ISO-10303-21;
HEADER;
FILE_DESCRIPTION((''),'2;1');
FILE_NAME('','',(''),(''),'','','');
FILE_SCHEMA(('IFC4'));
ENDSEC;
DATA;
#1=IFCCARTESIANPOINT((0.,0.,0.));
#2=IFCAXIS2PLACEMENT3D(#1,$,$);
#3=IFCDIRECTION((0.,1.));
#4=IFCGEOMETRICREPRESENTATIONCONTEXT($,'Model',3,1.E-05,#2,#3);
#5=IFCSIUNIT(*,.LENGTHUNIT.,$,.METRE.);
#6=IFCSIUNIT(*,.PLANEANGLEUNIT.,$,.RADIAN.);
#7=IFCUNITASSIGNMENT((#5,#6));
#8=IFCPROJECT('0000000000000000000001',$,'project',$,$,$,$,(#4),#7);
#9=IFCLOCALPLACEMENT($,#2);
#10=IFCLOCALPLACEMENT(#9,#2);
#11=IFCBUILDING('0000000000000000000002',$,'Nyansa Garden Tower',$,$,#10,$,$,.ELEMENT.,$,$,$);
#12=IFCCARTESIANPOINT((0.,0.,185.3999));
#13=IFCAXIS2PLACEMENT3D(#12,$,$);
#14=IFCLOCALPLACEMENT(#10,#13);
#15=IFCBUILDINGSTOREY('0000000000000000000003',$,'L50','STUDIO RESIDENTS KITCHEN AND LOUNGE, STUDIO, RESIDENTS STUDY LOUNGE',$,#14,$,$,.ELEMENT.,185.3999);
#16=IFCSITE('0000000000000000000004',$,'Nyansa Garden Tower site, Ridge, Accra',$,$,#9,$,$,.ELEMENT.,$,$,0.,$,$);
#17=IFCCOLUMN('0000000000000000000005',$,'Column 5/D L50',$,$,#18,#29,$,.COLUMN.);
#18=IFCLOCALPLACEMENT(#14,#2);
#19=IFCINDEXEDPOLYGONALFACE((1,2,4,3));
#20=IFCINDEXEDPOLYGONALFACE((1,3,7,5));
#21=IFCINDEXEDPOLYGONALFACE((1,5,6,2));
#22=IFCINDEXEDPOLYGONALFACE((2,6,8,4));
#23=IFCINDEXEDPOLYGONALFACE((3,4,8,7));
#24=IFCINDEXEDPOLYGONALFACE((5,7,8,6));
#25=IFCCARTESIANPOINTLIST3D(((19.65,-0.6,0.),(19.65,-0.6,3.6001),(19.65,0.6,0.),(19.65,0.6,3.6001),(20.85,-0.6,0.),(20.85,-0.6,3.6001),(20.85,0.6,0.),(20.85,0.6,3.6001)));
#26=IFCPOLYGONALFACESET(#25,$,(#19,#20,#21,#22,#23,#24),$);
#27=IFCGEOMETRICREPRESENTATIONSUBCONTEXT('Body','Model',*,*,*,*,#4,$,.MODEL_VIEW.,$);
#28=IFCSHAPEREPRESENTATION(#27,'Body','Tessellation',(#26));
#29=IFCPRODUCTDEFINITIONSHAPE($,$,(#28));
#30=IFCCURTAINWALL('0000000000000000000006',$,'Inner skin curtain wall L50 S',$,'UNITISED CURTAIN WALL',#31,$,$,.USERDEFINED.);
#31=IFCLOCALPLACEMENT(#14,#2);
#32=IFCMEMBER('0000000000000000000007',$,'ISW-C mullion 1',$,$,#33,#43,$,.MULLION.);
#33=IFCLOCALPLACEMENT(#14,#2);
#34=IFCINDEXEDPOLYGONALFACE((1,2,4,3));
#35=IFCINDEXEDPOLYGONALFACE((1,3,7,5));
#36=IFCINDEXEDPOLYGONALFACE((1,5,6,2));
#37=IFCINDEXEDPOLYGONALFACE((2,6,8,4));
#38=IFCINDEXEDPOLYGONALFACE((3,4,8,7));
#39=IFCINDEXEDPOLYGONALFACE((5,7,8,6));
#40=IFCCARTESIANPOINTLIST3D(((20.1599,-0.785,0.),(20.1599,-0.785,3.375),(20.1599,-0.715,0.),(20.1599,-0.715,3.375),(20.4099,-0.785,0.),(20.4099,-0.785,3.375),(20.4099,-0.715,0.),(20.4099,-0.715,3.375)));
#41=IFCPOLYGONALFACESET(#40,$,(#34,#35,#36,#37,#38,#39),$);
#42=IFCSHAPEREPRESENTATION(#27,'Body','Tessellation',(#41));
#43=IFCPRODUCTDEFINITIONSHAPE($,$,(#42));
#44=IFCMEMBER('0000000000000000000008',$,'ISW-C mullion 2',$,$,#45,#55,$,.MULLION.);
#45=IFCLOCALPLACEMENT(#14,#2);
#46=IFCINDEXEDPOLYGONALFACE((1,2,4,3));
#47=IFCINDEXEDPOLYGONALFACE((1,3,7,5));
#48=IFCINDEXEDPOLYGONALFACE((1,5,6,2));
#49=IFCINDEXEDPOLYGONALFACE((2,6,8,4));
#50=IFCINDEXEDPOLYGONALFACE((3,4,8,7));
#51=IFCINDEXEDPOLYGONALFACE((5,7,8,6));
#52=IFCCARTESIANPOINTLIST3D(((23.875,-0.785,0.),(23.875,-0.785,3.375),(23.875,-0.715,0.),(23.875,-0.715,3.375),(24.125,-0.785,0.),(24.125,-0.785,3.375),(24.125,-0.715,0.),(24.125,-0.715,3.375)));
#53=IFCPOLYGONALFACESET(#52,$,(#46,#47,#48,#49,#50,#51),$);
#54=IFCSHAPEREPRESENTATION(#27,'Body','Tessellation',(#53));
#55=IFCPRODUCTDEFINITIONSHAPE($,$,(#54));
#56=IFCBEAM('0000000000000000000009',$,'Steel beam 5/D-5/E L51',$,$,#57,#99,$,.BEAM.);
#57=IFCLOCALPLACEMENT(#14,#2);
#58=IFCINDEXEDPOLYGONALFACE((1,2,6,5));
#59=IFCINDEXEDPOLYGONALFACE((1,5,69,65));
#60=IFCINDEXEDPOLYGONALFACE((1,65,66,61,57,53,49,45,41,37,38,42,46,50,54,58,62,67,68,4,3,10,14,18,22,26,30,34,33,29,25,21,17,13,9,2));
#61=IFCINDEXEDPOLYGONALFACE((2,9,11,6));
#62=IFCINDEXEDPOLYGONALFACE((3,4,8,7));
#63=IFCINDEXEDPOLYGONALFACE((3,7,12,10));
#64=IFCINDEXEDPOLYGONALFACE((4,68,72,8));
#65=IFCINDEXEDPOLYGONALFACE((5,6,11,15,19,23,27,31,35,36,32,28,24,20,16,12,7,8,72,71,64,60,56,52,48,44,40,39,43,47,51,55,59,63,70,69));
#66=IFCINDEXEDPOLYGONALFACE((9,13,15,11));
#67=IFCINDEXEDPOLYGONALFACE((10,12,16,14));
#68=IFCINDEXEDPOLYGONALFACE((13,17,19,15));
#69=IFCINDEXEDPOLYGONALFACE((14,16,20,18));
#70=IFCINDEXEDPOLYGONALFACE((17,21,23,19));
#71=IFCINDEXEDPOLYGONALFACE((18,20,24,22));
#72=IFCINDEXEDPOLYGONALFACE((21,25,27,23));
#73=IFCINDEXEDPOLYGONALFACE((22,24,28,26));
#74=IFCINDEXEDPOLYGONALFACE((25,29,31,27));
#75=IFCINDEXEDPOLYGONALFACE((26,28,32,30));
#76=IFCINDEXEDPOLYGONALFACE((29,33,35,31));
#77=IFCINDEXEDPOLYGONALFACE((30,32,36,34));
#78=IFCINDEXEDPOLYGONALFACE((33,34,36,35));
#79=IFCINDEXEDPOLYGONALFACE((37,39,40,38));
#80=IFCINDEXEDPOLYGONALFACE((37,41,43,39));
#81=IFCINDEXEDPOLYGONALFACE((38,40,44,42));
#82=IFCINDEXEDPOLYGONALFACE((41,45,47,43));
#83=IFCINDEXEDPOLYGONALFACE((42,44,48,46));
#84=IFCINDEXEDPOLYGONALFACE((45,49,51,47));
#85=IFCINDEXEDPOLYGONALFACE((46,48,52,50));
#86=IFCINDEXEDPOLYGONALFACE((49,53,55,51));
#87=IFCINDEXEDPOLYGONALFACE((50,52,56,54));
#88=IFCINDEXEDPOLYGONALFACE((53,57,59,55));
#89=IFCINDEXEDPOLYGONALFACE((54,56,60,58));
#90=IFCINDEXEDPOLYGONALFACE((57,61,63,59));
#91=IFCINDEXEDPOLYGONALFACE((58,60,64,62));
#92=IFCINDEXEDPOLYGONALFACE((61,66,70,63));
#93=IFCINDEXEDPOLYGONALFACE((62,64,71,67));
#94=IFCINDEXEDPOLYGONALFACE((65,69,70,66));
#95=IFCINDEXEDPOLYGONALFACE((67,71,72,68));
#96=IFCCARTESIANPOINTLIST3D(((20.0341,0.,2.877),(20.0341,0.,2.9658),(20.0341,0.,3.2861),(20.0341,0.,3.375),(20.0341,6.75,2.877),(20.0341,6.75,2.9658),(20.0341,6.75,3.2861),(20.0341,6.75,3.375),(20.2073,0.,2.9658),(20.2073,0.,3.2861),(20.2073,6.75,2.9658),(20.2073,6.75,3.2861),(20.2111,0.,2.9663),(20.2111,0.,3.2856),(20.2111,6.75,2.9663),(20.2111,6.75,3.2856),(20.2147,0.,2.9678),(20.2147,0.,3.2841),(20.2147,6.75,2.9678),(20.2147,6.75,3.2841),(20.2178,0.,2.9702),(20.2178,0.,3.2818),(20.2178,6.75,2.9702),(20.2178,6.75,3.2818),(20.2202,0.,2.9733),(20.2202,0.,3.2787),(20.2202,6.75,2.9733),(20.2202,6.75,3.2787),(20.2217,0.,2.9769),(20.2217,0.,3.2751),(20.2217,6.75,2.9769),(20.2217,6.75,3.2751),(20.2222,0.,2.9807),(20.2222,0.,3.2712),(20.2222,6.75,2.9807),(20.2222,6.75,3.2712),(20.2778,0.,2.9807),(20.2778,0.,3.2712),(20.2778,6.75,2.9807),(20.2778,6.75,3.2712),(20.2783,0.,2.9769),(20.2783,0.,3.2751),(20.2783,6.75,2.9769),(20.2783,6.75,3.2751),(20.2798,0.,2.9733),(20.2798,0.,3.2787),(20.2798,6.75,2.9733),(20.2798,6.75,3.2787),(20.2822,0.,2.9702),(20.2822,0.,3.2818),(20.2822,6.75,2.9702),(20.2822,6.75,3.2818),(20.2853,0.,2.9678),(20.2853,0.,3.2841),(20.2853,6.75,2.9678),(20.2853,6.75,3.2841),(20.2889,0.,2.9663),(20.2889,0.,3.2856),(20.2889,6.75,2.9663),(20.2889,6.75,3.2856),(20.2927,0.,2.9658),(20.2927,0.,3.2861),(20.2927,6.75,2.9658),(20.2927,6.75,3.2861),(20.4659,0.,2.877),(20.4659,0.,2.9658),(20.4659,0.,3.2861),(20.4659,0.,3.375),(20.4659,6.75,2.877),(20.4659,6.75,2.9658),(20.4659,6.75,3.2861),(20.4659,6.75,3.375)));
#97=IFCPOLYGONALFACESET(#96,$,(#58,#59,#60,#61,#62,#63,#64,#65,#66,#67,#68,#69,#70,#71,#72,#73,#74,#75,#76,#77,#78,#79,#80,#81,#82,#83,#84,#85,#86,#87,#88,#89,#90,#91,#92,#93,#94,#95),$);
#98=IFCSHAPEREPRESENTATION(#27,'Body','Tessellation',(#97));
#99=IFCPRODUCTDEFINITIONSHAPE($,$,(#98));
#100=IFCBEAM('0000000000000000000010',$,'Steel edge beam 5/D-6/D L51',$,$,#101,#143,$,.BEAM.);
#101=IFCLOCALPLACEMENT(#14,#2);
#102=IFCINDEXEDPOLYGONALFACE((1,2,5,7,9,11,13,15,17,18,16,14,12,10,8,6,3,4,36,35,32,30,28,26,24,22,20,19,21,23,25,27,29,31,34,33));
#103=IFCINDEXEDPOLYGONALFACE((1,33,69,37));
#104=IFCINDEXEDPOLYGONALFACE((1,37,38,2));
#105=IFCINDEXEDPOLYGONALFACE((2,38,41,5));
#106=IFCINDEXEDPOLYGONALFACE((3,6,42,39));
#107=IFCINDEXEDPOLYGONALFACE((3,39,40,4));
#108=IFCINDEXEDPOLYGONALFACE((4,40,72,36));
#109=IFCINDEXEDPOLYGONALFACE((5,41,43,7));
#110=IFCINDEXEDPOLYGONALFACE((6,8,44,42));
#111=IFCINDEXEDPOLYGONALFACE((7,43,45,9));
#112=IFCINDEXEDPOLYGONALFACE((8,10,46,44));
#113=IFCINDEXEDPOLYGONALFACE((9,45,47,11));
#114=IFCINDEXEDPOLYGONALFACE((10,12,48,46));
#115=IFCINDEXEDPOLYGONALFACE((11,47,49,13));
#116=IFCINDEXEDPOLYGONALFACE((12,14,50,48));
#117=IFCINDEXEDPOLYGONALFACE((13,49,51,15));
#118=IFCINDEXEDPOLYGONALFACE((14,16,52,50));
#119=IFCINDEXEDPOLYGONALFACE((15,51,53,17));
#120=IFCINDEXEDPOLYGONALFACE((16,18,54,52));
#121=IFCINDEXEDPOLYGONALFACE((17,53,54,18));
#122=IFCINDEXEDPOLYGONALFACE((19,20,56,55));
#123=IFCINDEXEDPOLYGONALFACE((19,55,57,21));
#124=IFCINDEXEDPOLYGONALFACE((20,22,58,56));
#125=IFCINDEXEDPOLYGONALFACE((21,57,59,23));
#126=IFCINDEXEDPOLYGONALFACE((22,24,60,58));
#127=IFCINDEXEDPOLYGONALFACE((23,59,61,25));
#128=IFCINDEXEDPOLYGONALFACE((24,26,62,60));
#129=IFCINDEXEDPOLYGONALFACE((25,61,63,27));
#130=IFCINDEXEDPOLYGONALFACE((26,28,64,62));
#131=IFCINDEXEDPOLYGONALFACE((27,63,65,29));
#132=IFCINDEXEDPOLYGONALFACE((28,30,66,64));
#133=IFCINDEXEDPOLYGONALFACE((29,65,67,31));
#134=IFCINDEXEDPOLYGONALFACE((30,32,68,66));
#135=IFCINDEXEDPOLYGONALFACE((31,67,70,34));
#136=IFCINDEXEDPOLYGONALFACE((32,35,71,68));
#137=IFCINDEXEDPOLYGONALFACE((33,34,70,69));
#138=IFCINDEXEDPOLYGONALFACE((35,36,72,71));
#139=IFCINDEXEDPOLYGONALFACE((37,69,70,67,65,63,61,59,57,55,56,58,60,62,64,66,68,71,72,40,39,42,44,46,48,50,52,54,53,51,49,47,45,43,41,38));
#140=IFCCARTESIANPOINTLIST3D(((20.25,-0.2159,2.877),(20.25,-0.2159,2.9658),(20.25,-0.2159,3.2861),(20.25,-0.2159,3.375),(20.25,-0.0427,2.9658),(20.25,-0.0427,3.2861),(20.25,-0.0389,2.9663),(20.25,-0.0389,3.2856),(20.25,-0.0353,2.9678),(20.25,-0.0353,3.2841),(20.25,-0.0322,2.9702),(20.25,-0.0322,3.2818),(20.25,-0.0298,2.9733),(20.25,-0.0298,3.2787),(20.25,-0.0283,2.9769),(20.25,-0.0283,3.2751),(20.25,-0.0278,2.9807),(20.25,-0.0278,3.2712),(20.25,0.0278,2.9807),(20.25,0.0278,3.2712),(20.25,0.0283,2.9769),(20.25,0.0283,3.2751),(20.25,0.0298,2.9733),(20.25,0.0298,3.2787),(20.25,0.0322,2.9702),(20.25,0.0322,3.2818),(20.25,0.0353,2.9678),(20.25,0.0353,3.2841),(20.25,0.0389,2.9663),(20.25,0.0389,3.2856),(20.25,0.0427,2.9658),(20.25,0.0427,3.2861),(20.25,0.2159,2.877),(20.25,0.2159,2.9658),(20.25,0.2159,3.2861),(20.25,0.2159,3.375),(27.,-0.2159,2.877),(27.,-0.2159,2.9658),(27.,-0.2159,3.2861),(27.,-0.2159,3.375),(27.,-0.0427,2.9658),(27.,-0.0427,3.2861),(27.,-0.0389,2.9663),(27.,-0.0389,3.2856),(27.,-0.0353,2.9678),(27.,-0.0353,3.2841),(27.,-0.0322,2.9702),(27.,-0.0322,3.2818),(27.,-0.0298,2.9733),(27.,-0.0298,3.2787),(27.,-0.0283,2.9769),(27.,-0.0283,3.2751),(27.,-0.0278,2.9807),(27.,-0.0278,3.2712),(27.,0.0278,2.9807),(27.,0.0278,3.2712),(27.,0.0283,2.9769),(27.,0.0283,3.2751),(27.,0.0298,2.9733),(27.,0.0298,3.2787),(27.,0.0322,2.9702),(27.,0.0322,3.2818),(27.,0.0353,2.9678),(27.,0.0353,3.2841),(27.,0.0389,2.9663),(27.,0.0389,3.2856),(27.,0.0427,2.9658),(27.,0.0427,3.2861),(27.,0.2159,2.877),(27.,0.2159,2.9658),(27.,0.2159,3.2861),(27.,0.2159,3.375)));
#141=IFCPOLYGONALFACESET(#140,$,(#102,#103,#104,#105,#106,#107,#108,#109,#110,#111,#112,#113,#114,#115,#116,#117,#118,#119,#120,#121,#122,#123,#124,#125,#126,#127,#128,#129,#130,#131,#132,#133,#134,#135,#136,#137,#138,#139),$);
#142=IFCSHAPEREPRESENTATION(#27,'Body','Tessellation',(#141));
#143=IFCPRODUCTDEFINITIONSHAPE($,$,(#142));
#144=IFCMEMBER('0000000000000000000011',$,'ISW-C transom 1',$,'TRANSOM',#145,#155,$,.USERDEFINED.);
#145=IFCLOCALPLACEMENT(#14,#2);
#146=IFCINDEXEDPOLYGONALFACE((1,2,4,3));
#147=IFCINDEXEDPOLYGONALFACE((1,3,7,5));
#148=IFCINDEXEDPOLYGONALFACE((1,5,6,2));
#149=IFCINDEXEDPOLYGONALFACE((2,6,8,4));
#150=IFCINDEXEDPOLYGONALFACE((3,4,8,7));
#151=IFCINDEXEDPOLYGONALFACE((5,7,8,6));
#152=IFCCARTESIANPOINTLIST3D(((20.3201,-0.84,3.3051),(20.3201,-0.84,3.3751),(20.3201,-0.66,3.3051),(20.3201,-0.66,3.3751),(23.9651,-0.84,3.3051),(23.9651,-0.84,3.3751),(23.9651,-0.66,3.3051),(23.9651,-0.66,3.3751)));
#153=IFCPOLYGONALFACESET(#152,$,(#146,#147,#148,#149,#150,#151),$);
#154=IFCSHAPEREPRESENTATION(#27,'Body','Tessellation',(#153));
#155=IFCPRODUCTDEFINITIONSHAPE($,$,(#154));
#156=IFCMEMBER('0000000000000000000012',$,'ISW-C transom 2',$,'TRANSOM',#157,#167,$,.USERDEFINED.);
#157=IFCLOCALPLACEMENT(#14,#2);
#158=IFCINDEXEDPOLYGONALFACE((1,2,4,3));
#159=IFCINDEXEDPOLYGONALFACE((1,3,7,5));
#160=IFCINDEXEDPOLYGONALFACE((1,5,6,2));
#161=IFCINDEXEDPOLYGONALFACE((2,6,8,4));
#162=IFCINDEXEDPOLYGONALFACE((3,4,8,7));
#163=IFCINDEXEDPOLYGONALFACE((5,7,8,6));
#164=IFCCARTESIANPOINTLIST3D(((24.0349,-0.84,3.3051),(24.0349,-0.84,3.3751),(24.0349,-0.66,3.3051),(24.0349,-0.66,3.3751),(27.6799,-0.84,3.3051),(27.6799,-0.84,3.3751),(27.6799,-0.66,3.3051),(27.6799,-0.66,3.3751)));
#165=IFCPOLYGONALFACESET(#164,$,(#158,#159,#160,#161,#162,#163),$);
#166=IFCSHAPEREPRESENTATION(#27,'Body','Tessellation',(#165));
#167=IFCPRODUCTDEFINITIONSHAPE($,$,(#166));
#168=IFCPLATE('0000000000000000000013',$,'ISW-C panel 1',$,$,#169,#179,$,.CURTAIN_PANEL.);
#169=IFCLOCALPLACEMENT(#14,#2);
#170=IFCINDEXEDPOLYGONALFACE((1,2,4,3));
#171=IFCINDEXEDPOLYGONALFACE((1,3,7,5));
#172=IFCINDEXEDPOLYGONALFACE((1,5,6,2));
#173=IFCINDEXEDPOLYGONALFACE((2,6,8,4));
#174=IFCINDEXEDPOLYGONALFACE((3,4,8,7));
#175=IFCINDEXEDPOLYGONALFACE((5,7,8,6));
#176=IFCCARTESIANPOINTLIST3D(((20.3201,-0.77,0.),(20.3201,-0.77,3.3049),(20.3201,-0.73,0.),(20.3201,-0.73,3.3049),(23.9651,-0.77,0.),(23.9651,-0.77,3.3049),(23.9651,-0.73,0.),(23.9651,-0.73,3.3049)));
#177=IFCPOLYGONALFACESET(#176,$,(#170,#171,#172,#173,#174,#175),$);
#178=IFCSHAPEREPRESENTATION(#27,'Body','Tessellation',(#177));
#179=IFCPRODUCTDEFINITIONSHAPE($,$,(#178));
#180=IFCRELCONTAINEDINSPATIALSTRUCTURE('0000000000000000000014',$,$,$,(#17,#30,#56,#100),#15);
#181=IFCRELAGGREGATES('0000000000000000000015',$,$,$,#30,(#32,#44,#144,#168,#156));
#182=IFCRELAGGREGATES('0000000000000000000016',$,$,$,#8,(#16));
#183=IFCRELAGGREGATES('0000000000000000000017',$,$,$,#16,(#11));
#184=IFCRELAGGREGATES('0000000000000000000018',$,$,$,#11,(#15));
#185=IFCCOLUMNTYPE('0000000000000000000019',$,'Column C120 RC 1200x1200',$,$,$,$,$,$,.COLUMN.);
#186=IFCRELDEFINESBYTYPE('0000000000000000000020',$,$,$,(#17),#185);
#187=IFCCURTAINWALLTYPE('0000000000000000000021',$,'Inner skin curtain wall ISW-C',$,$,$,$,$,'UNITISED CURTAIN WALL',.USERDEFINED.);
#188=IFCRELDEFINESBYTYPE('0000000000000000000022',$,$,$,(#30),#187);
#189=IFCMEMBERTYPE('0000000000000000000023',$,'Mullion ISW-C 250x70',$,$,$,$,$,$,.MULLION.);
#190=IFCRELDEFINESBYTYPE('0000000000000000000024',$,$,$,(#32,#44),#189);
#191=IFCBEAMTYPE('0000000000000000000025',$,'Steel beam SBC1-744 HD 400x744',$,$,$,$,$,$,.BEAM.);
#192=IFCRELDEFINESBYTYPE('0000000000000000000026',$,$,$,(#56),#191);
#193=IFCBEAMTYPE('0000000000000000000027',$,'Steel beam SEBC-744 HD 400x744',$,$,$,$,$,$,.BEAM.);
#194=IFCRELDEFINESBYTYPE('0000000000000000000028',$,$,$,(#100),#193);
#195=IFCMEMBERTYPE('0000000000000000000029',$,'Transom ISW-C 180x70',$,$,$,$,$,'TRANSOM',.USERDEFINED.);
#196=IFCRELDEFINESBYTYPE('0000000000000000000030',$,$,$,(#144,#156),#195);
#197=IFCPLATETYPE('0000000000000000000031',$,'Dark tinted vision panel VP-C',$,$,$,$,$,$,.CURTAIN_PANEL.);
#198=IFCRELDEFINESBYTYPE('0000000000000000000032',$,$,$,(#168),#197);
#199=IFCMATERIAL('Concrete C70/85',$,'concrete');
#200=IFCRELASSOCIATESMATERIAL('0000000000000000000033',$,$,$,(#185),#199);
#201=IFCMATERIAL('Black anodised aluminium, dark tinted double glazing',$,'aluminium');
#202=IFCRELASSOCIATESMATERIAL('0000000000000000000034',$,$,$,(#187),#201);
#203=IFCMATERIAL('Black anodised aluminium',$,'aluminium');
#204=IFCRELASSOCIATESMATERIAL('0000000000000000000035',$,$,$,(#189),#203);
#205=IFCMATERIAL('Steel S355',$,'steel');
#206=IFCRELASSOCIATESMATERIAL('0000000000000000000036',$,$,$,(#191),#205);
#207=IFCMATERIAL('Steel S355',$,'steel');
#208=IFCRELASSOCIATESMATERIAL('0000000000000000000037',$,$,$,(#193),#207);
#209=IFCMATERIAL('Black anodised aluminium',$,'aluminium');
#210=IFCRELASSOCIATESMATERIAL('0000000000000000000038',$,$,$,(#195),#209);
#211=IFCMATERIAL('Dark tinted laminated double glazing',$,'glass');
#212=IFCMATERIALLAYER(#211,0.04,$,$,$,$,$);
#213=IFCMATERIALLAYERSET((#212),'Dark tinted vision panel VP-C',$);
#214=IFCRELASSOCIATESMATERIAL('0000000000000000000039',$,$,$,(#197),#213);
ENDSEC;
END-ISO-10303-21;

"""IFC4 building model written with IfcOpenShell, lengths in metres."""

from ifc_helpers import new_model, si_unit, direction, frame, origin, origin_2d, place, context, subcontext, project, spatial, rectangle, i_section, extrude, material, layer, layer_set, material_profile, profile_set, type_object, element, aggregate, save


model = new_model("IFC4")

# Units and contexts
model_context = context("Model", 3, precision=1e-05, world=origin(), true_north=direction((0.0, 1.0)))
body_context = subcontext(model_context, "Body", "Model", "MODEL_VIEW")
ifc_project = project(units=[si_unit("LENGTHUNIT", "METRE"), si_unit("PLANEANGLEUNIT", "RADIAN")], contexts=[model_context])

# Site, building, storey
site_placement = place(None, origin())
site = spatial("IfcSite", under=ifc_project, at=site_placement, Name="Nyansa Garden Tower site, Ridge, Accra", CompositionType="ELEMENT", RefElevation=0.0)
building_placement = place(site_placement, origin())
building = spatial("IfcBuilding", under=site, at=building_placement, Name="Nyansa Garden Tower", CompositionType="ELEMENT")
storey_placement = place(building_placement, frame((0.0, 0.0, 185.3999)))
storey = spatial("IfcBuildingStorey", under=building, at=storey_placement, Name="L50", Description="STUDIO RESIDENTS KITCHEN AND LOUNGE, STUDIO, RESIDENTS STUDY LOUNGE", CompositionType="ELEMENT", Elevation=185.3999)

# Column
ifc_material_1 = material(Name="Concrete C70/85", Category="concrete")
ifc_material_profile_1 = material_profile(ifc_material_1, rectangle(XDim=1.2, YDim=1.2, at=origin_2d()), Name="RC 1200x1200")
ifc_profile_set_1 = profile_set([ifc_material_profile_1], Name="Concrete C70/85")
column_type = type_object("IfcColumnType", Name="Column C120 RC 1200x1200", PredefinedType="COLUMN", material=ifc_profile_set_1)
column_placement = place(storey_placement, frame((20.25, 0.0, 0.0), z_axis=(0.0, 0.0, 1.0), x_axis=(1.0, 0.0, 0.0)))
element("IfcColumn", 1, at=column_placement, inside=storey, type_object=column_type, Name="Column 5/D L50", PredefinedType="COLUMN", context=body_context, shape_type="SweptSolid", body=[
    extrude(rectangle(XDim=1.2, YDim=1.2, at=origin_2d()), origin(), (0.0, 0.0, 1.0), 3.6001),
])

# Curtain wall, members
ifc_material_2 = material(Name="Black anodised aluminium, dark tinted double glazing", Category="aluminium")
curtain_wall_type = type_object("IfcCurtainWallType", Name="Inner skin curtain wall ISW-C", ElementType="UNITISED CURTAIN WALL", PredefinedType="USERDEFINED", material=ifc_material_2)
curtain_wall_placement = place(storey_placement, origin())
curtain_wall = element("IfcCurtainWall", 2, at=curtain_wall_placement, inside=storey, type_object=curtain_wall_type, Name="Inner skin curtain wall L50 S", ObjectType="UNITISED CURTAIN WALL", PredefinedType="USERDEFINED")
ifc_material_3 = material(Name="Black anodised aluminium", Category="aluminium")
ifc_material_profile_2 = material_profile(ifc_material_3, rectangle(XDim=0.0701, YDim=0.25, at=origin_2d()), Name="Mullion 250x70")
ifc_profile_set_2 = profile_set([ifc_material_profile_2], Name="Black anodised aluminium")
member_type_1 = type_object("IfcMemberType", Name="Mullion ISW-C 250x70", PredefinedType="MULLION", material=ifc_profile_set_2)
member_1_placement = place(storey_placement, frame((20.2849, -0.75, 0.0), z_axis=(0.0, 0.0, 1.0), x_axis=(0.0, 1.0, 0.0)))
member_1 = element("IfcMember", 3, at=member_1_placement, type_object=member_type_1, Name="ISW-C mullion 1", PredefinedType="MULLION", context=body_context, shape_type="SweptSolid", body=[
    extrude(rectangle(XDim=0.0701, YDim=0.25, at=origin_2d()), origin(), (0.0, 0.0, 1.0), 3.375),
])
member_2_placement = place(storey_placement, frame((24.0, -0.75, 0.0), z_axis=(0.0, 0.0, 1.0), x_axis=(0.0, 1.0, 0.0)))
member_2 = element("IfcMember", 4, at=member_2_placement, type_object=member_type_1, Name="ISW-C mullion 2", PredefinedType="MULLION", context=body_context, shape_type="SweptSolid", body=[
    extrude(rectangle(XDim=0.0701, YDim=0.25, at=origin_2d()), origin(), (0.0, 0.0, 1.0), 3.375),
])

# Beams
ifc_material_4 = material(Name="Steel S355", Category="steel")
ifc_material_profile_3 = material_profile(ifc_material_4, i_section(OverallWidth=0.4319, OverallDepth=0.498, WebThickness=0.0557, FlangeThickness=0.0889, FilletRadius=0.0149, at=origin_2d()), Name="HD 400x744")
ifc_profile_set_3 = profile_set([ifc_material_profile_3], Name="Steel S355")
beam_type_1 = type_object("IfcBeamType", Name="Steel beam SBC1-744 HD 400x744", PredefinedType="BEAM", material=ifc_profile_set_3)
beam_1_placement = place(storey_placement, frame((20.25, 0.0, 3.126), z_axis=(0.0, 1.0, 0.0), x_axis=(-1.0, 0.0, 0.0)))
element("IfcBeam", 5, at=beam_1_placement, inside=storey, type_object=beam_type_1, Name="Steel beam 5/D-5/E L51", PredefinedType="BEAM", context=body_context, shape_type="SweptSolid", body=[
    extrude(i_section(OverallWidth=0.4319, OverallDepth=0.498, WebThickness=0.0557, FlangeThickness=0.0889, FilletRadius=0.0149, at=origin_2d()), origin(), (0.0, 0.0, 1.0), 6.75),
])
ifc_material_5 = material(Name="Steel S355", Category="steel")
ifc_material_profile_4 = material_profile(ifc_material_5, i_section(OverallWidth=0.4319, OverallDepth=0.498, WebThickness=0.0557, FlangeThickness=0.0889, FilletRadius=0.0149, at=origin_2d()), Name="HD 400x744")
ifc_profile_set_4 = profile_set([ifc_material_profile_4], Name="Steel S355")
beam_type_2 = type_object("IfcBeamType", Name="Steel beam SEBC-744 HD 400x744", PredefinedType="BEAM", material=ifc_profile_set_4)
beam_2_placement = place(storey_placement, frame((20.25, 0.0, 3.126), z_axis=(1.0, 0.0, 0.0), x_axis=(0.0, 1.0, 0.0)))
element("IfcBeam", 6, at=beam_2_placement, inside=storey, type_object=beam_type_2, Name="Steel edge beam 5/D-6/D L51", PredefinedType="BEAM", context=body_context, shape_type="SweptSolid", body=[
    extrude(i_section(OverallWidth=0.4319, OverallDepth=0.498, WebThickness=0.0557, FlangeThickness=0.0889, FilletRadius=0.0149, at=origin_2d()), origin(), (0.0, 0.0, 1.0), 6.75),
])

# Members
ifc_material_6 = material(Name="Black anodised aluminium", Category="aluminium")
ifc_material_profile_5 = material_profile(ifc_material_6, rectangle(XDim=0.1799, YDim=0.0701, at=origin_2d()), Name="Transom 180x70")
ifc_profile_set_5 = profile_set([ifc_material_profile_5], Name="Black anodised aluminium")
member_type_2 = type_object("IfcMemberType", Name="Transom ISW-C 180x70", ElementType="TRANSOM", PredefinedType="USERDEFINED", material=ifc_profile_set_5)
member_3_placement = place(storey_placement, frame((20.3201, -0.75, 3.3401), z_axis=(1.0, 0.0, 0.0), x_axis=(0.0, 1.0, 0.0)))
member_3 = element("IfcMember", 7, at=member_3_placement, type_object=member_type_2, Name="ISW-C transom 1", ObjectType="TRANSOM", PredefinedType="USERDEFINED", context=body_context, shape_type="SweptSolid", body=[
    extrude(rectangle(XDim=0.1799, YDim=0.0701, at=origin_2d()), origin(), (0.0, 0.0, 1.0), 3.645),
])
member_4_placement = place(storey_placement, frame((24.0349, -0.75, 3.3401), z_axis=(1.0, 0.0, 0.0), x_axis=(0.0, 1.0, 0.0)))
member_4 = element("IfcMember", 8, at=member_4_placement, type_object=member_type_2, Name="ISW-C transom 2", ObjectType="TRANSOM", PredefinedType="USERDEFINED", context=body_context, shape_type="SweptSolid", body=[
    extrude(rectangle(XDim=0.1799, YDim=0.0701, at=origin_2d()), origin(), (0.0, 0.0, 1.0), 3.645),
])

# Plate
ifc_material_7 = material(Name="Dark tinted laminated double glazing", Category="glass")
ifc_layer_1 = layer(ifc_material_7, 0.04)
ifc_layer_set_1 = layer_set([ifc_layer_1], Name="Dark tinted vision panel VP-C")
plate_type = type_object("IfcPlateType", Name="Dark tinted vision panel VP-C", PredefinedType="CURTAIN_PANEL", material=ifc_layer_set_1)
plate_placement = place(storey_placement, frame((22.1426, -0.75, 0.0), z_axis=(0.0, 0.0, 1.0), x_axis=(1.0, 0.0, 0.0)))
plate = element("IfcPlate", 9, at=plate_placement, type_object=plate_type, Name="ISW-C panel 1", PredefinedType="CURTAIN_PANEL", context=body_context, shape_type="SweptSolid", body=[
    extrude(rectangle(XDim=3.645, YDim=0.04, at=origin_2d()), origin(), (0.0, 0.0, 1.0), 3.3049),
])
aggregate(curtain_wall, [member_1, member_2, member_3, plate, member_4])

save(model, "model.ifc")
